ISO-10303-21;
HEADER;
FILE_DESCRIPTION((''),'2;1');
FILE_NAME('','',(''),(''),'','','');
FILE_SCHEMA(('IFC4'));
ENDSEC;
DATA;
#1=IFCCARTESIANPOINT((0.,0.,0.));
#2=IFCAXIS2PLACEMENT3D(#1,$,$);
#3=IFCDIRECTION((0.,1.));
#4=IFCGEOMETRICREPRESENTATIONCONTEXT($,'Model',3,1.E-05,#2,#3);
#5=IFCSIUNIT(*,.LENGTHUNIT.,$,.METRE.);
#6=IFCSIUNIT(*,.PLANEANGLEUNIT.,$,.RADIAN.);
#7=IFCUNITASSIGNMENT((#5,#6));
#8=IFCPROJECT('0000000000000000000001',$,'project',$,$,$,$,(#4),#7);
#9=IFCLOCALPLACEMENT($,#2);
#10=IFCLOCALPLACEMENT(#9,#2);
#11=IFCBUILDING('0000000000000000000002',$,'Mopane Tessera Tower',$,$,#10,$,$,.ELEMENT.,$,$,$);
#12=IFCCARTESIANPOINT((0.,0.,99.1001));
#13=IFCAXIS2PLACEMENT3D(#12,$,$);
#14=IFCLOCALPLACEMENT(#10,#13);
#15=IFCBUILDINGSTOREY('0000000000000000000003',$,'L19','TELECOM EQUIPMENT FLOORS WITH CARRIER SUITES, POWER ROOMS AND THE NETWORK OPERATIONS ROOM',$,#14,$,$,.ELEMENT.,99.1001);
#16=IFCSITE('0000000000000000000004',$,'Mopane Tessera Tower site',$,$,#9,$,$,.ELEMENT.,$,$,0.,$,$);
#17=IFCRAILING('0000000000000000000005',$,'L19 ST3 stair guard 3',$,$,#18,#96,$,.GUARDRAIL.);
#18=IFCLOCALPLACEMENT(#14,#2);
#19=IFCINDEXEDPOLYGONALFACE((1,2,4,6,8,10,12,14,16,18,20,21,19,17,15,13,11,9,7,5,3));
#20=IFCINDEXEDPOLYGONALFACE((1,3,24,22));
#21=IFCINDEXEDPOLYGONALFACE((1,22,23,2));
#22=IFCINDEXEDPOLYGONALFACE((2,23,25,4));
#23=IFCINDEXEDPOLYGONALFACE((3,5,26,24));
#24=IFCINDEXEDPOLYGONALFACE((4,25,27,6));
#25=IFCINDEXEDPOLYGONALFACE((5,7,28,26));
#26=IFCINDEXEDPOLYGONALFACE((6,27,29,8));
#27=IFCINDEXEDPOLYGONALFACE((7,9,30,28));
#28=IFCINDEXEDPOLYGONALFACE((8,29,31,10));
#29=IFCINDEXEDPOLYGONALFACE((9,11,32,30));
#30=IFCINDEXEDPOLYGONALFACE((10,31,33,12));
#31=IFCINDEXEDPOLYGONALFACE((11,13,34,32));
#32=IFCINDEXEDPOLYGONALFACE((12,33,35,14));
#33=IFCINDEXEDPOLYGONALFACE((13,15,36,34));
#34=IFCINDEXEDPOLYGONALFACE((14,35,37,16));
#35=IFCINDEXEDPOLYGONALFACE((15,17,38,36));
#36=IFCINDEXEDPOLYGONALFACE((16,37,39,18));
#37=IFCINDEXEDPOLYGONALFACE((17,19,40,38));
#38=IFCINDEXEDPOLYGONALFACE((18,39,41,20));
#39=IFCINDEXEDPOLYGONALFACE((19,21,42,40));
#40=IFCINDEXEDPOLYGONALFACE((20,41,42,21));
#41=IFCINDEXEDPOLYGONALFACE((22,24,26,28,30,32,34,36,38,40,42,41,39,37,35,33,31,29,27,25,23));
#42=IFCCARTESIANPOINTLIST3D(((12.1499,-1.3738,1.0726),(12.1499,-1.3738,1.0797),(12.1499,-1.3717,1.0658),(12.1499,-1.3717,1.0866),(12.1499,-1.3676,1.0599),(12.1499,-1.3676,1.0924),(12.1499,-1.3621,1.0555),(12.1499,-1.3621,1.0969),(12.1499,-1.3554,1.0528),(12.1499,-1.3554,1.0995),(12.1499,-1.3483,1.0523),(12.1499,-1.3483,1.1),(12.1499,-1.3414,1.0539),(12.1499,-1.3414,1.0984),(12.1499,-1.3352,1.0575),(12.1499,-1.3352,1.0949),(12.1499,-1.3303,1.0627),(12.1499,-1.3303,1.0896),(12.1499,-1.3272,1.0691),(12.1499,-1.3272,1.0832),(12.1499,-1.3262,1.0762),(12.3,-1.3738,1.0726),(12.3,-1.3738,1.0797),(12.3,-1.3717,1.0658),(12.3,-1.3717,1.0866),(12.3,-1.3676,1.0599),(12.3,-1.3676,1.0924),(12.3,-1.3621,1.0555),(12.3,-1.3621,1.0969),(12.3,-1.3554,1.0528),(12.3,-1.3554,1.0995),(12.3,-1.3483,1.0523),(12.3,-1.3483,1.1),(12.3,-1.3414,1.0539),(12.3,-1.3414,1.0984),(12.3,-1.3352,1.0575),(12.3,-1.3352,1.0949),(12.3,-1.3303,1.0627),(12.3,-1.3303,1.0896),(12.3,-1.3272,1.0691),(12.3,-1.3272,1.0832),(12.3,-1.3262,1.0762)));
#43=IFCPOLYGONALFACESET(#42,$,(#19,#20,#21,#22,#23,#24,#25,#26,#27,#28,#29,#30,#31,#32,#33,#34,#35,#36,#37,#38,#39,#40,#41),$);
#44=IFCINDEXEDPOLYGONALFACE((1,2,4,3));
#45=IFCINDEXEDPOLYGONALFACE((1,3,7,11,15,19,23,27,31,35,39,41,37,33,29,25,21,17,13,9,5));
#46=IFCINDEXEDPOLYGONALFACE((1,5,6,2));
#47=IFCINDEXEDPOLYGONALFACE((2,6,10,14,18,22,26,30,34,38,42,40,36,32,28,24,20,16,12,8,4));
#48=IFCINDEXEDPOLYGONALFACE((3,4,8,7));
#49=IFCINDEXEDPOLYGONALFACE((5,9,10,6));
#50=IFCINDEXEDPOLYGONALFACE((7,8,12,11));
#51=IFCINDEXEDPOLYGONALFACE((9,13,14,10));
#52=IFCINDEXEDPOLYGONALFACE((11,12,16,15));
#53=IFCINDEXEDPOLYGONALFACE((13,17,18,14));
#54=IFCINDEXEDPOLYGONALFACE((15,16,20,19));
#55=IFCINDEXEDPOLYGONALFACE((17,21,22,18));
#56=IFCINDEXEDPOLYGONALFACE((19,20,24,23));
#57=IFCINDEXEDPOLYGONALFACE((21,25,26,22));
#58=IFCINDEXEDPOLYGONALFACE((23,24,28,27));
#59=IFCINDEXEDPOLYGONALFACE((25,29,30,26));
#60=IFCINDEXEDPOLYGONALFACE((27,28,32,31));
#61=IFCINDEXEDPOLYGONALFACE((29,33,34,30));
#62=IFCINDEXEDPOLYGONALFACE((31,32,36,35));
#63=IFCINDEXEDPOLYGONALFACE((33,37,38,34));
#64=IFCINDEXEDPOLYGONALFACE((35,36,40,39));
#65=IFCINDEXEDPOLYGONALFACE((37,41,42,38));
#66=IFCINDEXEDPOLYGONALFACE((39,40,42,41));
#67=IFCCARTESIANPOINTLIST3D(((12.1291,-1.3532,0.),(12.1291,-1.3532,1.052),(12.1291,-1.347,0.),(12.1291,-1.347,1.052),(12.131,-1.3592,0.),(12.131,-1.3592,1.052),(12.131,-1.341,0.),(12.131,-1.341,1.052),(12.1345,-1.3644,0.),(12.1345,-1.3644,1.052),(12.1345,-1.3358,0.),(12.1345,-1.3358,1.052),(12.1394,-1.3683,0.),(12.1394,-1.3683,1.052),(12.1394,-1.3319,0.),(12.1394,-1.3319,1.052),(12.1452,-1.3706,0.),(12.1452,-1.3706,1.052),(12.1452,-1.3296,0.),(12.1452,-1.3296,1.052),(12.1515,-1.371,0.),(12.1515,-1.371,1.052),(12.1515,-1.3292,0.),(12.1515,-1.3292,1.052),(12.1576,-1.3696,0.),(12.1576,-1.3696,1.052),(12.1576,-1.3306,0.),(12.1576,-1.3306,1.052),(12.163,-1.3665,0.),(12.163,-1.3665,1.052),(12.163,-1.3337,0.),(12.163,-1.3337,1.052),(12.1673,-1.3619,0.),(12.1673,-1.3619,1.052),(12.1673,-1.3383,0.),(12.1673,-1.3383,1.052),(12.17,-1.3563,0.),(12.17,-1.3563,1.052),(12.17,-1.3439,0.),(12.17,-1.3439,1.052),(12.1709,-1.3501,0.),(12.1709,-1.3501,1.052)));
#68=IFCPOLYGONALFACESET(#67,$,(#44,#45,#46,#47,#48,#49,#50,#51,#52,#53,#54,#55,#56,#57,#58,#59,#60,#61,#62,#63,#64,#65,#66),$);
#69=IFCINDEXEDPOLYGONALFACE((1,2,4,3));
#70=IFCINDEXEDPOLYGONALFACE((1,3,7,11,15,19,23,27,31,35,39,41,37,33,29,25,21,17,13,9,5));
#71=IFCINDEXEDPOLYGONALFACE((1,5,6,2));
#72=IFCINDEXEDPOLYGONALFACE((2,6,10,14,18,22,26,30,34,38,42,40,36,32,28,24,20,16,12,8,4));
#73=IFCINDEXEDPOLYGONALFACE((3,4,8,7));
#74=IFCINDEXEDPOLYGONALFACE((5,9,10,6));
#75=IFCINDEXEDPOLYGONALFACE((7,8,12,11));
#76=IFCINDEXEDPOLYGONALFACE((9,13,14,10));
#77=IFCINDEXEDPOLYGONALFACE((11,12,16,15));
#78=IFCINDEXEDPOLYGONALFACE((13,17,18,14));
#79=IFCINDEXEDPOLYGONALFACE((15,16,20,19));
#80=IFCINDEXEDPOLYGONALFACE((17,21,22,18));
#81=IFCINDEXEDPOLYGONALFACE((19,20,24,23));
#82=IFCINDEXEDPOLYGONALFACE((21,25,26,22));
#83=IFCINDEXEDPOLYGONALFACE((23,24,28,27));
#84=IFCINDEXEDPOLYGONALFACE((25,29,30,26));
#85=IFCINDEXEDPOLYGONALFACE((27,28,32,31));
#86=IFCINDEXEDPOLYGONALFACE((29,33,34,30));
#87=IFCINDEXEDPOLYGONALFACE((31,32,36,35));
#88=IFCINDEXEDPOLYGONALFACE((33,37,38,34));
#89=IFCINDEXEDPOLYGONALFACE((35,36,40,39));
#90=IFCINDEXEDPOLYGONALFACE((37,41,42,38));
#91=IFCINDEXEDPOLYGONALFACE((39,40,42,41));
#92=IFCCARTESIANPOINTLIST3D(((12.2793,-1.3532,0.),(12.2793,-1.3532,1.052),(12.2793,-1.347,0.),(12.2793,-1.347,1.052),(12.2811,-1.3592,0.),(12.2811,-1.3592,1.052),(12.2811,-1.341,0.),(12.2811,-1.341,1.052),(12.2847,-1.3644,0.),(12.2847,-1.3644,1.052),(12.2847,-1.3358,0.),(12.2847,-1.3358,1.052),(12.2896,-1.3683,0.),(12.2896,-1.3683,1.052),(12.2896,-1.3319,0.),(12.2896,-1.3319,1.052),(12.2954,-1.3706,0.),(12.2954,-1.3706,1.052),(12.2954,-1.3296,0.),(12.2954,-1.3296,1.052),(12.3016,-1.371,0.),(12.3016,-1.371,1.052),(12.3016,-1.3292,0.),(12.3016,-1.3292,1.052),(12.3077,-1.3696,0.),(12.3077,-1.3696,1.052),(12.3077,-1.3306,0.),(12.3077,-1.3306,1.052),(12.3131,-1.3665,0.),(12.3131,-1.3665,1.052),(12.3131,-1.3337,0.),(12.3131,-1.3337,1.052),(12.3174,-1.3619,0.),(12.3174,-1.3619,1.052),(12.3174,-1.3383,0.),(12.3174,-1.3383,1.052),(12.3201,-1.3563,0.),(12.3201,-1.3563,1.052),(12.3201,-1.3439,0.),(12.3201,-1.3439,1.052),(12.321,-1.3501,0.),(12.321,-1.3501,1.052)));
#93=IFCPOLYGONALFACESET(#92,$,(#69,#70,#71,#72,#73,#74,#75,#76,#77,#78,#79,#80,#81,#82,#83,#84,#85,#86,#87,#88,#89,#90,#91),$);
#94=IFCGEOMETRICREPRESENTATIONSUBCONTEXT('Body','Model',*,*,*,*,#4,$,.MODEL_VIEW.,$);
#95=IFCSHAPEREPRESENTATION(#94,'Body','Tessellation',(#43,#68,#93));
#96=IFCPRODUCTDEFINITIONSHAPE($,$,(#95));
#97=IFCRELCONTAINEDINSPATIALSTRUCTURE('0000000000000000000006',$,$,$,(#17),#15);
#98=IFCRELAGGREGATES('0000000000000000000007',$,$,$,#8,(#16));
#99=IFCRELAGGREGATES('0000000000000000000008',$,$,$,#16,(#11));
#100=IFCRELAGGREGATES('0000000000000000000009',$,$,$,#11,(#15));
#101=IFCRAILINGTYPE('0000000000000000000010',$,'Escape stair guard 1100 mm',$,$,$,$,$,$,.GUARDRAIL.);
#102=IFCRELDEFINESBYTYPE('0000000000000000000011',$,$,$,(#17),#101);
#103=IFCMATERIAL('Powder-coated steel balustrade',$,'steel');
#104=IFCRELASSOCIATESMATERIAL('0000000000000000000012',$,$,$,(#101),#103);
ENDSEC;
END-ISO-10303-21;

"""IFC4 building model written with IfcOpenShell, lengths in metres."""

from ifc_helpers import new_model, si_unit, direction, frame, origin, origin_2d, place, context, subcontext, project, spatial, circle, extrude, material, type_object, element, save


model = new_model("IFC4")

# Units and contexts
model_context = context("Model", 3, precision=1e-05, world=origin(), true_north=direction((0.0, 1.0)))
body_context = subcontext(model_context, "Body", "Model", "MODEL_VIEW")
ifc_project = project(units=[si_unit("LENGTHUNIT", "METRE"), si_unit("PLANEANGLEUNIT", "RADIAN")], contexts=[model_context])

# Site, building, storey
site_placement = place(None, origin())
site = spatial("IfcSite", under=ifc_project, at=site_placement, Name="Mopane Tessera Tower site", CompositionType="ELEMENT", RefElevation=0.0)
building_placement = place(site_placement, origin())
building = spatial("IfcBuilding", under=site, at=building_placement, Name="Mopane Tessera Tower", CompositionType="ELEMENT")
storey_placement = place(building_placement, frame((0.0, 0.0, 99.1001)))
storey = spatial("IfcBuildingStorey", under=building, at=storey_placement, Name="L19", Description="TELECOM EQUIPMENT FLOORS WITH CARRIER SUITES, POWER ROOMS AND THE NETWORK OPERATIONS ROOM", CompositionType="ELEMENT", Elevation=99.1001)

# Railing
ifc_material_1 = material(Name="Powder-coated steel balustrade", Category="steel")
railing_type_1 = type_object("IfcRailingType", Name="Escape stair guard 1100 mm", PredefinedType="GUARDRAIL", material=ifc_material_1)
railing_1_placement = place(storey_placement, frame((12.1499, -1.3501, 0.0)))
element("IfcRailing", 1, at=railing_1_placement, inside=storey, type_object=railing_type_1, Name="L19 ST3 stair guard 3", PredefinedType="GUARDRAIL", context=body_context, shape_type="SweptSolid", body=[
    extrude(circle(Radius=0.0239, at=origin_2d()), frame((0.0, 0.0, 1.0762), z_axis=(1.0, 0.0, 0.0), x_axis=(0.0, 1.0, 0.0)), (0.0, 0.0, 1.0), 0.1501),
    extrude(circle(Radius=0.021, at=origin_2d()), origin(), (0.0, 0.0, 1.0), 1.052),
    extrude(circle(Radius=0.021, at=origin_2d()), frame((0.1501, 0.0, 0.0)), (0.0, 0.0, 1.0), 1.052),
])

save(model, "model.ifc")
